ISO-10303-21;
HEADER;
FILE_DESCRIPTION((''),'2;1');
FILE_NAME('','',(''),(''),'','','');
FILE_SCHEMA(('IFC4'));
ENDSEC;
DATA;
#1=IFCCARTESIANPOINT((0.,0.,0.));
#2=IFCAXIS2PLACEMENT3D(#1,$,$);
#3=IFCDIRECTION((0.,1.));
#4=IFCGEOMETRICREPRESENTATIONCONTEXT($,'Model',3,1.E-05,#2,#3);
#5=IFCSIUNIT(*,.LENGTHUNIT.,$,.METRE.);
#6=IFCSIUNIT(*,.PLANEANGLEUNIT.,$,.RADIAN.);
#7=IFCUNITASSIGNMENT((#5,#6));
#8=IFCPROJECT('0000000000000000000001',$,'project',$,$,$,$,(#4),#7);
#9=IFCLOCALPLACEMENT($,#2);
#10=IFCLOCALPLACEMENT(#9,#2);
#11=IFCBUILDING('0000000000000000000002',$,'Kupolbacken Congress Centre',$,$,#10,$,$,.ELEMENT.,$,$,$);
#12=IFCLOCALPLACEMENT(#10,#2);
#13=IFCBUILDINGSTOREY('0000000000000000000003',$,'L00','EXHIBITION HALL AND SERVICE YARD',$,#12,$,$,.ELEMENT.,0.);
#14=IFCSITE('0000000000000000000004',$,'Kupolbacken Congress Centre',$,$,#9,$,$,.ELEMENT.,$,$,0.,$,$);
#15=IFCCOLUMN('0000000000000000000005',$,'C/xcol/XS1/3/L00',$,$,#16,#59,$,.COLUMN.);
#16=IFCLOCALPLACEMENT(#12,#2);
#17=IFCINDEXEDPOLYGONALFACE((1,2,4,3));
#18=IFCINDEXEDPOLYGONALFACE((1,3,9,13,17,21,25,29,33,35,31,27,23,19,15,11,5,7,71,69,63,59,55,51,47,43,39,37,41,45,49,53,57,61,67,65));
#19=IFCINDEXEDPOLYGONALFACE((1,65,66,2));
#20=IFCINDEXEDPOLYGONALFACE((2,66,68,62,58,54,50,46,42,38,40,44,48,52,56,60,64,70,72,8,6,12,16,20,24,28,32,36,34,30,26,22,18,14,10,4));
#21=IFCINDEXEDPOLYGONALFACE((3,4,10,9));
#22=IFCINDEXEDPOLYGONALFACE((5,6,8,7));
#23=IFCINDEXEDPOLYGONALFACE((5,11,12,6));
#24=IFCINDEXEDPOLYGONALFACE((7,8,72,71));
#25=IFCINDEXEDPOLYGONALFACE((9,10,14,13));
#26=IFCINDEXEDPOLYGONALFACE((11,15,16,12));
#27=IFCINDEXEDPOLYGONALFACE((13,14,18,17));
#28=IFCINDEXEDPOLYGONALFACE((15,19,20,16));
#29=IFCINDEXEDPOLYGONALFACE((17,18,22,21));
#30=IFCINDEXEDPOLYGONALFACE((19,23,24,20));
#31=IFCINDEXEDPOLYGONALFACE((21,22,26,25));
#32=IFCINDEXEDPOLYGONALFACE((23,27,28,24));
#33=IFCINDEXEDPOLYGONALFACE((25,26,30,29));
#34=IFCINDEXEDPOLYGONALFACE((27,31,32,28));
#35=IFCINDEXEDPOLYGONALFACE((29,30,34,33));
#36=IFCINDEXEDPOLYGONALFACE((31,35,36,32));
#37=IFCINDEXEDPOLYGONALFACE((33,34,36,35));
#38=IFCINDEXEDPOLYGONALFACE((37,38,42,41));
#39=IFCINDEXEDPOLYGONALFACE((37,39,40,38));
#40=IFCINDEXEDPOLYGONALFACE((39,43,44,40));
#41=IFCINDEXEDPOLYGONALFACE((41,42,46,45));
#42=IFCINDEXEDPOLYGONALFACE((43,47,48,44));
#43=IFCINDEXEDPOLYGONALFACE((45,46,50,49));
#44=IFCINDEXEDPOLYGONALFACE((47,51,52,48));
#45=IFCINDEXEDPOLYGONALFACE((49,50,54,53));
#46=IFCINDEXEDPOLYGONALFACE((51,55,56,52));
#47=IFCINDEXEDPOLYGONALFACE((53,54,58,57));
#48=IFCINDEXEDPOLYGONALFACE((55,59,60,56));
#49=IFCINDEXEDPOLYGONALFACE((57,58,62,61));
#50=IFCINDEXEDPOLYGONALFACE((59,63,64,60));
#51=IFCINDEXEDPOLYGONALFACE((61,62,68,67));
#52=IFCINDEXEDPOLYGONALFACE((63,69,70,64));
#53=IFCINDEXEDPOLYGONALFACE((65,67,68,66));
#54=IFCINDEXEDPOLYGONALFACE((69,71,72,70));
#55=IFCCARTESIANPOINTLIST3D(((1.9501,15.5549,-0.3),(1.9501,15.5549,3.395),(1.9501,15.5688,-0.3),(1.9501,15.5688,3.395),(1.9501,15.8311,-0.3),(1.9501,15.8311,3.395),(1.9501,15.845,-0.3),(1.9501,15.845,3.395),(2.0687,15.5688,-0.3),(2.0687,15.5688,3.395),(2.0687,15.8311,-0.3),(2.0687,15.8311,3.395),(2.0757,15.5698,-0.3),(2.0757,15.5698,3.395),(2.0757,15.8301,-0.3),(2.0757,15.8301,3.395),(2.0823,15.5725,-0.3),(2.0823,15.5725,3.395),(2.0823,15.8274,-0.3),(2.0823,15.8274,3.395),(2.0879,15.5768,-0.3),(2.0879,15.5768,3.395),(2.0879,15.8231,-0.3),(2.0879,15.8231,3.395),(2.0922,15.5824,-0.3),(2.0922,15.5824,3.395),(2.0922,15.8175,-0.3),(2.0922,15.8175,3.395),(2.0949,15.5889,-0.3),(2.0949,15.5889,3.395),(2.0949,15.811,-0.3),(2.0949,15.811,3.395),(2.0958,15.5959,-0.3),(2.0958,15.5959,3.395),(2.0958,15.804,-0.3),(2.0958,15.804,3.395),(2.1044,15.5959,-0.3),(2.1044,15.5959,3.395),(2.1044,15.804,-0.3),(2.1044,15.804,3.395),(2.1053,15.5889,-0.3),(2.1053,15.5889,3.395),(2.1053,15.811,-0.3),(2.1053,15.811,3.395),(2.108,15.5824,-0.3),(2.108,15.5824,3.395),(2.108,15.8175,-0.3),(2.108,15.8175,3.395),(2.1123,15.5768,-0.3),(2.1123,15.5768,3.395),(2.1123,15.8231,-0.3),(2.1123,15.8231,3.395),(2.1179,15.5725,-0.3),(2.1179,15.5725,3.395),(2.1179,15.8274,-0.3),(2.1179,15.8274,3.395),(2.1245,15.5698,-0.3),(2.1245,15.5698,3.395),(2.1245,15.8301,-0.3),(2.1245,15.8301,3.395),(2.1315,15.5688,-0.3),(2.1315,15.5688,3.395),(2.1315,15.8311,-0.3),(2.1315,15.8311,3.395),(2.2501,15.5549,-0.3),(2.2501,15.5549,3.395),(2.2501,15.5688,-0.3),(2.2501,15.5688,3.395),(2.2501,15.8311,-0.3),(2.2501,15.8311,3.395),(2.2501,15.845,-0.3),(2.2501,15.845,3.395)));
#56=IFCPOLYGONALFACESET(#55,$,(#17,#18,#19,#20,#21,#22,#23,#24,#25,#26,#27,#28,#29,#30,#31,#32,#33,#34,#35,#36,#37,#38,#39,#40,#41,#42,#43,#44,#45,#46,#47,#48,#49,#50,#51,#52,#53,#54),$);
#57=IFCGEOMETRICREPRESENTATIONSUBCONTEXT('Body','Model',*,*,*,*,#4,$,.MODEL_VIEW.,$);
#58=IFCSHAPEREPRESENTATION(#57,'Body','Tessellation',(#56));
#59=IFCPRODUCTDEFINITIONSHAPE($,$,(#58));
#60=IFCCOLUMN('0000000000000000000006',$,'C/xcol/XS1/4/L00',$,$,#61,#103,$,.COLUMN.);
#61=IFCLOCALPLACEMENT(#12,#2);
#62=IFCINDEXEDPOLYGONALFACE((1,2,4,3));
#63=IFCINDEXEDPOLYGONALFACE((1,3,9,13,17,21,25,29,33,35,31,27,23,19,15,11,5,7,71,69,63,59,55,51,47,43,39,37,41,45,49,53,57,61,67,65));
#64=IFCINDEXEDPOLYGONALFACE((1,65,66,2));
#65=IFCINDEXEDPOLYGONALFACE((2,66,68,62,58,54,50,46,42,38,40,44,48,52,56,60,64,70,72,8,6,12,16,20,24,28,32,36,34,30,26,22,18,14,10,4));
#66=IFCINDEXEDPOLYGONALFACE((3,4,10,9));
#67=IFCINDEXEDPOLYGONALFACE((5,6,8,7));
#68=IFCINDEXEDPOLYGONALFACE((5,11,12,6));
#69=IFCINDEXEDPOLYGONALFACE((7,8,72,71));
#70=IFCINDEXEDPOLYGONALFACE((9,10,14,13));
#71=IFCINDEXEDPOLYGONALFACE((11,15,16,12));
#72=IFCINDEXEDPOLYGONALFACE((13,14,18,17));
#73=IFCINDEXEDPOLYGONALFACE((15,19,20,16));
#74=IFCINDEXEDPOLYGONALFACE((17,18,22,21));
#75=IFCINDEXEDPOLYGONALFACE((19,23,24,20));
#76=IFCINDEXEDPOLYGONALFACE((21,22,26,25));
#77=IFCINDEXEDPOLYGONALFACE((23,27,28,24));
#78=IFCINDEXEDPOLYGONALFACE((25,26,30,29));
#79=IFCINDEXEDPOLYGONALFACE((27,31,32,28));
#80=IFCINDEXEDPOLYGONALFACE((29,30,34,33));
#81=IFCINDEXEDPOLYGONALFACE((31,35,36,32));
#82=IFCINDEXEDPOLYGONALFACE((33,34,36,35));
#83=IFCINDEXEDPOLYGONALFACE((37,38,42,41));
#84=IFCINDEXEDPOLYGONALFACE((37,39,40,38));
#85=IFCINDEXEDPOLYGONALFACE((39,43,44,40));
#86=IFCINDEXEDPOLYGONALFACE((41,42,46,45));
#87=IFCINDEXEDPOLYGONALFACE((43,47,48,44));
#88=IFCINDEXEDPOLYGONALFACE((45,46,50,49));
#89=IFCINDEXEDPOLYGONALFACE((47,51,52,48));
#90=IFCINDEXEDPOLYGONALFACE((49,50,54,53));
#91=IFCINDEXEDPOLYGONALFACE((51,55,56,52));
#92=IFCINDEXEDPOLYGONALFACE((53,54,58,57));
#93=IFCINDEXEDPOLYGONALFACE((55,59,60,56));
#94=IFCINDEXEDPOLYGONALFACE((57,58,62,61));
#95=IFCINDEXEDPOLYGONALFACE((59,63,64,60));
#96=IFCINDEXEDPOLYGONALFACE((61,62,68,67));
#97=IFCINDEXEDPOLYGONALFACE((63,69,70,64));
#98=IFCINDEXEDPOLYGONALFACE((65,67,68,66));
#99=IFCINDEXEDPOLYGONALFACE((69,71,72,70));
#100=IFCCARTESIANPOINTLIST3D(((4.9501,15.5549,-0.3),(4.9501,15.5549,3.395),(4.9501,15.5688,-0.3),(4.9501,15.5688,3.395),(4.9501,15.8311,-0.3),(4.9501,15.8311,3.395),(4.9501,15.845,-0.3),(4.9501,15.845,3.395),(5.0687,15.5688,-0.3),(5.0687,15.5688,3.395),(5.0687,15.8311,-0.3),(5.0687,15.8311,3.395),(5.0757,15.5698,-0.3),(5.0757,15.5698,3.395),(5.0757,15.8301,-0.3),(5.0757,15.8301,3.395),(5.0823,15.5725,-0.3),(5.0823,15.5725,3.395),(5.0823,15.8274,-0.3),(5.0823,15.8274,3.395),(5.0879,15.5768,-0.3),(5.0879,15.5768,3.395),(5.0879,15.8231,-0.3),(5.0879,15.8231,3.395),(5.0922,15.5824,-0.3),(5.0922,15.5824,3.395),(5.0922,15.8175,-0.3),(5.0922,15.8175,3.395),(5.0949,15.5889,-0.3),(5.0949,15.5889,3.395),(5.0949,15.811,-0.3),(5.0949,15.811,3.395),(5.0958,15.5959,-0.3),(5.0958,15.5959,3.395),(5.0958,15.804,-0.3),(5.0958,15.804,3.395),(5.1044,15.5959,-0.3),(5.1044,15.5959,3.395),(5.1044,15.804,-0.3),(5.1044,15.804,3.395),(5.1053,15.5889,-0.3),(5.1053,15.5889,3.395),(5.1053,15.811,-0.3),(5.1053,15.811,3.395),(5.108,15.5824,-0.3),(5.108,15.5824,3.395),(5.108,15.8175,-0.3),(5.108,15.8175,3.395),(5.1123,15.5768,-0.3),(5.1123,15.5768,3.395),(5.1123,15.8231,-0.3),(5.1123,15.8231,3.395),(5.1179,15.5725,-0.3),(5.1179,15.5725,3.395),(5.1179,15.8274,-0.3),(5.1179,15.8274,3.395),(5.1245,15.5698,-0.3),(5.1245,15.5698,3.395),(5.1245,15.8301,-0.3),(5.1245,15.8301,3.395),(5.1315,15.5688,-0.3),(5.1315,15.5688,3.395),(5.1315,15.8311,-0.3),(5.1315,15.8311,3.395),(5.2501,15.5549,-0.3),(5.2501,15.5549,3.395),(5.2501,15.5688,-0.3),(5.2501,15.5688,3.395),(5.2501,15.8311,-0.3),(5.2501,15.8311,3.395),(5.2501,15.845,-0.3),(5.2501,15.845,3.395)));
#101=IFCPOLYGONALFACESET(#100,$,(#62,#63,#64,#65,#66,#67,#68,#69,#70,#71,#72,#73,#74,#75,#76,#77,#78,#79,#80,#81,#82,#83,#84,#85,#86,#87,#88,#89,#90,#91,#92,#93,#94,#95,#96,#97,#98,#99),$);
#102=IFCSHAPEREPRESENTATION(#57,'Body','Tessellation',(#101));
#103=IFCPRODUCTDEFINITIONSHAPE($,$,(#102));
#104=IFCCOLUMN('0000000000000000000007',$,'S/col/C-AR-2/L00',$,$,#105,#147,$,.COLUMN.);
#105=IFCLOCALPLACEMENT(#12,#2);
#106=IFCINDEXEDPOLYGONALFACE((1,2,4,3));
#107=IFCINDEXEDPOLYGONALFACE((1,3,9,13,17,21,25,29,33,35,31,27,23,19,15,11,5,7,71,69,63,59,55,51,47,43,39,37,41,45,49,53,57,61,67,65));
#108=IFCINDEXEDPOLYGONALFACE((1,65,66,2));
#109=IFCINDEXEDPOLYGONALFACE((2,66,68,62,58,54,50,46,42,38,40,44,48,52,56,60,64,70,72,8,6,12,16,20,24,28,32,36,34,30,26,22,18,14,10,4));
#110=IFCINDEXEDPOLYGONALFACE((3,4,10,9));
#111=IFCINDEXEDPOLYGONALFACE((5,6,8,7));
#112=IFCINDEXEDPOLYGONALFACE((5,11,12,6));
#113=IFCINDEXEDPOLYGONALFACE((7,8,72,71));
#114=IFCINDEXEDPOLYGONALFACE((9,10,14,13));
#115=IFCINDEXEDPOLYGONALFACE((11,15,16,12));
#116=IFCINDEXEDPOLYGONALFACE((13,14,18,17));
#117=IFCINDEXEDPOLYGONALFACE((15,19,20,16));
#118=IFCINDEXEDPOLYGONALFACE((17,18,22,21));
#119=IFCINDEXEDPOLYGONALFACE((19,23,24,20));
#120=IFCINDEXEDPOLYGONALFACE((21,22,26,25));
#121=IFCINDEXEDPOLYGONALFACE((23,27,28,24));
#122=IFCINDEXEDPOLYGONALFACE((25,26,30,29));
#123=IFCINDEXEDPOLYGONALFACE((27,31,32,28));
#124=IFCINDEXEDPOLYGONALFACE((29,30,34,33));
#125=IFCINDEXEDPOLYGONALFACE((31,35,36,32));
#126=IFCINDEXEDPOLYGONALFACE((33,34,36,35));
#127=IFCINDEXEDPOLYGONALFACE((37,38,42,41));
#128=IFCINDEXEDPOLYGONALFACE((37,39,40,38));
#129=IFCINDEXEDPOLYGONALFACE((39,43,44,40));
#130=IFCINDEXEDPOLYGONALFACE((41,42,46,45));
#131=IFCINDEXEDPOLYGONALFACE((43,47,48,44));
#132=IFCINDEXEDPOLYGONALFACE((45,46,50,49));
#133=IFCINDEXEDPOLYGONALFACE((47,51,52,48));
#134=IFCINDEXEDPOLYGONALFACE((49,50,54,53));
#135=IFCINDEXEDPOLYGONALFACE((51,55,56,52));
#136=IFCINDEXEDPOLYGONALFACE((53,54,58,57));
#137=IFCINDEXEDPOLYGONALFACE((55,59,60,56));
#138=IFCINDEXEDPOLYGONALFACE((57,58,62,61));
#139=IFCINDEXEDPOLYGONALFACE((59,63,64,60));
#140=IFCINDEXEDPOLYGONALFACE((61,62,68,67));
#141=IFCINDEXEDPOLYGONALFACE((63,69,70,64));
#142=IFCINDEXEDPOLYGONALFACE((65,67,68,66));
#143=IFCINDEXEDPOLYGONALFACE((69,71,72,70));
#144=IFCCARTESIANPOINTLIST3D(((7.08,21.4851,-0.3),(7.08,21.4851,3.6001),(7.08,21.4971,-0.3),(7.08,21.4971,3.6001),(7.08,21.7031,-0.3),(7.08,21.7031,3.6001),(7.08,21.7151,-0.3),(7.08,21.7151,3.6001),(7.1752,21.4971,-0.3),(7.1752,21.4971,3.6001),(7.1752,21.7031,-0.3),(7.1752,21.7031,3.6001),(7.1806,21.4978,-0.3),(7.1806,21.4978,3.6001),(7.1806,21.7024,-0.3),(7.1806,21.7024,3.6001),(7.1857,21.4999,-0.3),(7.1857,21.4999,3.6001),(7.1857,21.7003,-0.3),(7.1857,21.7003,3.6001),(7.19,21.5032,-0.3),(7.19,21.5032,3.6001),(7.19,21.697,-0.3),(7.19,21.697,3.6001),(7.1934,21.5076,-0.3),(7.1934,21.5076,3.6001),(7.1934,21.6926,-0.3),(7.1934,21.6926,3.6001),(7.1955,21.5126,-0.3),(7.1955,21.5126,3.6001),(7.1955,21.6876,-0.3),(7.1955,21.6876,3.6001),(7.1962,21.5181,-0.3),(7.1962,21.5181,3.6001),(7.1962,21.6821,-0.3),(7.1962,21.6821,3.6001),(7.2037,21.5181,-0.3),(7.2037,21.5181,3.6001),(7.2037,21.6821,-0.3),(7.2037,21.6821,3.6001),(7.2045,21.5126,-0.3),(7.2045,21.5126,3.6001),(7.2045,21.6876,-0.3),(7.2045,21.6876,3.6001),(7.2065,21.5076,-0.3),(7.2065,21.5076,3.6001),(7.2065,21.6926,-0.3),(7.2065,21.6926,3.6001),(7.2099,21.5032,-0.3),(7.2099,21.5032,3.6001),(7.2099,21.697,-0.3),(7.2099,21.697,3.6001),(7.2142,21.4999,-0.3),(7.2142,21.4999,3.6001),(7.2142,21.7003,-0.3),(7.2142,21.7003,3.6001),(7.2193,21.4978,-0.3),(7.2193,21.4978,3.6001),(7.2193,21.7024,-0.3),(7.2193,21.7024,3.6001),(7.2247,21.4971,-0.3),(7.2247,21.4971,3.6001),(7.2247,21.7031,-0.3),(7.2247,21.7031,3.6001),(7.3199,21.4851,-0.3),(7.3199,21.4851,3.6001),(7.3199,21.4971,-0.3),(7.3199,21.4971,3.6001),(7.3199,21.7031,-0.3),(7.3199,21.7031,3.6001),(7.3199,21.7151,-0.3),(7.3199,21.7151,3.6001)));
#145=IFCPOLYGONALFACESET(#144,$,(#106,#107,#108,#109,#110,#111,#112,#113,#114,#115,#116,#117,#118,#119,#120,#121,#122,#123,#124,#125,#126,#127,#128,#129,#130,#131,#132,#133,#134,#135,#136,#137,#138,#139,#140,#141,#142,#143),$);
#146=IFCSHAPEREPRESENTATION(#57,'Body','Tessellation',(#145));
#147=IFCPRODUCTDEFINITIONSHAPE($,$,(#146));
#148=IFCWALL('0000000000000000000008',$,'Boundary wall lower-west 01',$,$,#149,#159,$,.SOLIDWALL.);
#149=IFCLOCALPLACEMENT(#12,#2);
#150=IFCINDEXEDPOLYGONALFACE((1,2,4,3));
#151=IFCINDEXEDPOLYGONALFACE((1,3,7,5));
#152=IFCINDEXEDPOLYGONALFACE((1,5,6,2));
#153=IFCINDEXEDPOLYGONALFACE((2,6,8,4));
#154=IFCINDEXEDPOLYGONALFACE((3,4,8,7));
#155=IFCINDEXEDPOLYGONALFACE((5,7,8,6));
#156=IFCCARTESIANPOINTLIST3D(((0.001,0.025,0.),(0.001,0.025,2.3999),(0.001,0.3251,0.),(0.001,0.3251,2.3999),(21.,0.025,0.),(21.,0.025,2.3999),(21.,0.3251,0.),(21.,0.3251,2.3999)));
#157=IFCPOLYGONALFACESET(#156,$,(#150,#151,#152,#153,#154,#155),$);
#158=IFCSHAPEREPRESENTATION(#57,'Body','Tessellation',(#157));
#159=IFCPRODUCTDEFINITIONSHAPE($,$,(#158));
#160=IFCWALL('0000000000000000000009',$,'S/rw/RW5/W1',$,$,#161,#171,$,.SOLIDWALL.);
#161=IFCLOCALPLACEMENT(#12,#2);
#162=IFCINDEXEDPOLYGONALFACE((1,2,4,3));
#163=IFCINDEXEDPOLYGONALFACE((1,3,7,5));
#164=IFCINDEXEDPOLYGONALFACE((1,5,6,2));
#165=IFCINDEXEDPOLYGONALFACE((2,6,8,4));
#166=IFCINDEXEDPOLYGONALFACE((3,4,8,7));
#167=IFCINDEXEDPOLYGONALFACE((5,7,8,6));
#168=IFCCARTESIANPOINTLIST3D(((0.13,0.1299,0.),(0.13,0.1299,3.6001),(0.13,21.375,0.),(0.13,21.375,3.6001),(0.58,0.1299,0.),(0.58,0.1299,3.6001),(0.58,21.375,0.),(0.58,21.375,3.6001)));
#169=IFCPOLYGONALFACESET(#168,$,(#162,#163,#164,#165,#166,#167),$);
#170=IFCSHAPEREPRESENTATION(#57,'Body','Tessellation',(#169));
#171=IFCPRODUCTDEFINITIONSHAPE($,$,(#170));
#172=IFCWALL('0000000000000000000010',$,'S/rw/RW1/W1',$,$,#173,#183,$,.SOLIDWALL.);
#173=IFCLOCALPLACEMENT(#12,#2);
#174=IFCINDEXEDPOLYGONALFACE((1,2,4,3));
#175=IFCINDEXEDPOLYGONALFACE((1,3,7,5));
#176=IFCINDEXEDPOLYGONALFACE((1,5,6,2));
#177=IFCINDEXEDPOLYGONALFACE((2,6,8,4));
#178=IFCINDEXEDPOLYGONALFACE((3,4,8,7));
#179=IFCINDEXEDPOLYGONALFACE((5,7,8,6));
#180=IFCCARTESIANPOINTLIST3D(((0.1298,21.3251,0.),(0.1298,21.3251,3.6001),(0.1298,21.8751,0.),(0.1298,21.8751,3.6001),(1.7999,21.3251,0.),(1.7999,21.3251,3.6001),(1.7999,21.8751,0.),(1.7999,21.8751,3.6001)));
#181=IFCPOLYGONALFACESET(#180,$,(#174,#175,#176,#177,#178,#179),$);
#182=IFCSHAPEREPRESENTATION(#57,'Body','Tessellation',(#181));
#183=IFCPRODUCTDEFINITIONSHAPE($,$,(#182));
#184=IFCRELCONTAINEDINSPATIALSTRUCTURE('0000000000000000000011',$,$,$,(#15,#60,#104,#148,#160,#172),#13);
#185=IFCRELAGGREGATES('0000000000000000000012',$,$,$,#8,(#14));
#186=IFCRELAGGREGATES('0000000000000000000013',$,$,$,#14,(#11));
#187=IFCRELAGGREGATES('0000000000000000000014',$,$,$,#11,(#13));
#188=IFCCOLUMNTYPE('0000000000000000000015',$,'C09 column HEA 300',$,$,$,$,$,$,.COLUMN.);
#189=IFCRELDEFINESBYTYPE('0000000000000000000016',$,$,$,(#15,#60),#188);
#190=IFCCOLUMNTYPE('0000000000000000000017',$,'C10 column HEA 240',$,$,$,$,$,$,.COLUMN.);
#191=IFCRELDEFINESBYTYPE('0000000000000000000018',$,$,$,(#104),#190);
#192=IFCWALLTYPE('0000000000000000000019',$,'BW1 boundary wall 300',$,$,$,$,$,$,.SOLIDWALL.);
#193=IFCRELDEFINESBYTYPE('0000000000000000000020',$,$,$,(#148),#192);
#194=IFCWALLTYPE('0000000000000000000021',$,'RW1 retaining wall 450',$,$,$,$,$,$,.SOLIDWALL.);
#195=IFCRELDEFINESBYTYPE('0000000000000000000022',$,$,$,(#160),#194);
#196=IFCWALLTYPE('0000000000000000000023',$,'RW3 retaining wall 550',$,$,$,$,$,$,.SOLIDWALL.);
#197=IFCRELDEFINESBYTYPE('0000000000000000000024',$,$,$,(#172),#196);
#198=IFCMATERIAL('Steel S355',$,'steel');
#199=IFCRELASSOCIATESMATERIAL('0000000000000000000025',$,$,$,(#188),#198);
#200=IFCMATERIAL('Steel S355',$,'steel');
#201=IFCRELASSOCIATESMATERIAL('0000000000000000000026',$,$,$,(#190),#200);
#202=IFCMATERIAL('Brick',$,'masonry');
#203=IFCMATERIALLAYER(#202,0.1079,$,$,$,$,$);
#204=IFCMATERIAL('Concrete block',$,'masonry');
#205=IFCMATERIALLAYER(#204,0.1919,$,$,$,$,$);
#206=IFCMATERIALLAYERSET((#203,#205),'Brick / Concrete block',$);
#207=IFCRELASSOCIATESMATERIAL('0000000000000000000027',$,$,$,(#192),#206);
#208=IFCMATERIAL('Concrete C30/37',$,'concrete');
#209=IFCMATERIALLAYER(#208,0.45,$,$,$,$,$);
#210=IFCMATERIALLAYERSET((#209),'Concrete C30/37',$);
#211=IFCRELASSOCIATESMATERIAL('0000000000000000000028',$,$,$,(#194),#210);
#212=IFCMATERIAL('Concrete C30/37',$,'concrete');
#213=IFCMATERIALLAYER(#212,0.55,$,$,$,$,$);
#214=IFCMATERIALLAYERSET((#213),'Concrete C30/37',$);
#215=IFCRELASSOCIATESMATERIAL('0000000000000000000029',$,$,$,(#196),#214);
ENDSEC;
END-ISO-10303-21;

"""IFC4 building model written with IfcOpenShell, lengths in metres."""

from ifc_helpers import new_model, si_unit, direction, frame, frame_2d, origin, origin_2d, place, context, subcontext, project, spatial, rectangle, i_section, extrude, material, layer, layer_set, material_profile, profile_set, type_object, element, save


model = new_model("IFC4")

# Units and contexts
model_context = context("Model", 3, precision=1e-05, world=origin(), true_north=direction((0.0, 1.0)))
body_context = subcontext(model_context, "Body", "Model", "MODEL_VIEW")
ifc_project = project(units=[si_unit("LENGTHUNIT", "METRE"), si_unit("PLANEANGLEUNIT", "RADIAN")], contexts=[model_context])

# Site, building, storey
site_placement = place(None, origin())
site = spatial("IfcSite", under=ifc_project, at=site_placement, Name="Kupolbacken Congress Centre", CompositionType="ELEMENT", RefElevation=0.0)
building_placement = place(site_placement, origin())
building = spatial("IfcBuilding", under=site, at=building_placement, Name="Kupolbacken Congress Centre", CompositionType="ELEMENT")
storey_placement = place(building_placement, origin())
storey = spatial("IfcBuildingStorey", under=building, at=storey_placement, Name="L00", Description="EXHIBITION HALL AND SERVICE YARD", CompositionType="ELEMENT", Elevation=0.0)

# Columns
ifc_material_1 = material(Name="Steel S355", Category="steel")
ifc_material_profile_1 = material_profile(ifc_material_1, i_section(OverallWidth=0.3, OverallDepth=0.29, WebThickness=0.0085, FlangeThickness=0.0139, FilletRadius=0.0271, at=origin_2d()), Name="HEA 300")
ifc_profile_set_1 = profile_set([ifc_material_profile_1], Name="Steel S355")
column_type_1 = type_object("IfcColumnType", Name="C09 column HEA 300", PredefinedType="COLUMN", material=ifc_profile_set_1)
for number, where, z_axis, x_axis, name in (
    (1, (2.1001, 15.7, -0.3), (0.0, 0.0, 1.0), (1.0, 0.0, 0.0), "C/xcol/XS1/3/L00"),
    (2, (5.1001, 15.7, -0.3), (0.0, 0.0, 1.0), (1.0, 0.0, 0.0), "C/xcol/XS1/4/L00"),
):
    element("IfcColumn", number, at=place(storey_placement, frame(where, z_axis=z_axis, x_axis=x_axis)), inside=storey, type_object=column_type_1, Name=name, PredefinedType="COLUMN", context=body_context, shape_type="SweptSolid", body=[
        extrude(i_section(OverallWidth=0.3, OverallDepth=0.29, WebThickness=0.0085, FlangeThickness=0.0139, FilletRadius=0.0271, at=origin_2d()), origin(), (0.0, 0.0, 1.0), 3.6951),
    ])
ifc_material_2 = material(Name="Steel S355", Category="steel")
ifc_material_profile_2 = material_profile(ifc_material_2, i_section(OverallWidth=0.24, OverallDepth=0.23, WebThickness=0.0076, FlangeThickness=0.012, FilletRadius=0.021, at=origin_2d()), Name="HEA 240")
ifc_profile_set_2 = profile_set([ifc_material_profile_2], Name="Steel S355")
column_type_2 = type_object("IfcColumnType", Name="C10 column HEA 240", PredefinedType="COLUMN", material=ifc_profile_set_2)
column_placement = place(storey_placement, frame((7.2, 21.6001, -0.3), z_axis=(0.0, 0.0, 1.0), x_axis=(1.0, 0.0, 0.0)))
element("IfcColumn", 3, at=column_placement, inside=storey, type_object=column_type_2, Name="S/col/C-AR-2/L00", PredefinedType="COLUMN", context=body_context, shape_type="SweptSolid", body=[
    extrude(i_section(OverallWidth=0.24, OverallDepth=0.23, WebThickness=0.0076, FlangeThickness=0.012, FilletRadius=0.021, at=origin_2d()), origin(), (0.0, 0.0, 1.0), 3.9001),
])

# Walls
ifc_material_3 = material(Name="Brick", Category="masonry")
ifc_layer_1 = layer(ifc_material_3, 0.1079)
ifc_material_4 = material(Name="Concrete block", Category="masonry")
ifc_layer_2 = layer(ifc_material_4, 0.1919)
ifc_layer_set_1 = layer_set([ifc_layer_1, ifc_layer_2], Name="Brick / Concrete block")
wall_type_1 = type_object("IfcWallType", Name="BW1 boundary wall 300", PredefinedType="SOLIDWALL", material=ifc_layer_set_1)
wall_1_placement = place(storey_placement, frame((0.001, 0.175, 0.0), z_axis=(0.0, 0.0, 1.0), x_axis=(1.0, 0.0, 0.0)))
element("IfcWall", 4, at=wall_1_placement, inside=storey, type_object=wall_type_1, Name="Boundary wall lower-west 01", PredefinedType="SOLIDWALL", context=body_context, shape_type="SweptSolid", body=[
    extrude(rectangle(XDim=20.999, YDim=0.3, at=frame_2d((10.4995, 0.0))), origin(), (0.0, 0.0, 1.0), 2.3999),
])
ifc_material_5 = material(Name="Concrete C30/37", Category="concrete")
ifc_layer_3 = layer(ifc_material_5, 0.45)
ifc_layer_set_2 = layer_set([ifc_layer_3], Name="Concrete C30/37")
wall_type_2 = type_object("IfcWallType", Name="RW1 retaining wall 450", PredefinedType="SOLIDWALL", material=ifc_layer_set_2)
wall_2_placement = place(storey_placement, frame((0.355, 0.1299, 0.0), z_axis=(0.0, 0.0, 1.0), x_axis=(0.0, 1.0, 0.0)))
element("IfcWall", 5, at=wall_2_placement, inside=storey, type_object=wall_type_2, Name="S/rw/RW5/W1", PredefinedType="SOLIDWALL", context=body_context, shape_type="SweptSolid", body=[
    extrude(rectangle(XDim=21.2451, YDim=0.45, at=frame_2d((10.6226, 0.0))), origin(), (0.0, 0.0, 1.0), 3.6001),
])
ifc_material_6 = material(Name="Concrete C30/37", Category="concrete")
ifc_layer_4 = layer(ifc_material_6, 0.55)
ifc_layer_set_3 = layer_set([ifc_layer_4], Name="Concrete C30/37")
wall_type_3 = type_object("IfcWallType", Name="RW3 retaining wall 550", PredefinedType="SOLIDWALL", material=ifc_layer_set_3)
wall_3_placement = place(storey_placement, frame((0.1299, 21.6001, 0.0), z_axis=(0.0, 0.0, 1.0), x_axis=(1.0, 0.0, 0.0)))
element("IfcWall", 6, at=wall_3_placement, inside=storey, type_object=wall_type_3, Name="S/rw/RW1/W1", PredefinedType="SOLIDWALL", context=body_context, shape_type="SweptSolid", body=[
    extrude(rectangle(XDim=1.6702, YDim=0.55, at=frame_2d((0.835, 0.0))), origin(), (0.0, 0.0, 1.0), 3.6001),
])

save(model, "model.ifc")
